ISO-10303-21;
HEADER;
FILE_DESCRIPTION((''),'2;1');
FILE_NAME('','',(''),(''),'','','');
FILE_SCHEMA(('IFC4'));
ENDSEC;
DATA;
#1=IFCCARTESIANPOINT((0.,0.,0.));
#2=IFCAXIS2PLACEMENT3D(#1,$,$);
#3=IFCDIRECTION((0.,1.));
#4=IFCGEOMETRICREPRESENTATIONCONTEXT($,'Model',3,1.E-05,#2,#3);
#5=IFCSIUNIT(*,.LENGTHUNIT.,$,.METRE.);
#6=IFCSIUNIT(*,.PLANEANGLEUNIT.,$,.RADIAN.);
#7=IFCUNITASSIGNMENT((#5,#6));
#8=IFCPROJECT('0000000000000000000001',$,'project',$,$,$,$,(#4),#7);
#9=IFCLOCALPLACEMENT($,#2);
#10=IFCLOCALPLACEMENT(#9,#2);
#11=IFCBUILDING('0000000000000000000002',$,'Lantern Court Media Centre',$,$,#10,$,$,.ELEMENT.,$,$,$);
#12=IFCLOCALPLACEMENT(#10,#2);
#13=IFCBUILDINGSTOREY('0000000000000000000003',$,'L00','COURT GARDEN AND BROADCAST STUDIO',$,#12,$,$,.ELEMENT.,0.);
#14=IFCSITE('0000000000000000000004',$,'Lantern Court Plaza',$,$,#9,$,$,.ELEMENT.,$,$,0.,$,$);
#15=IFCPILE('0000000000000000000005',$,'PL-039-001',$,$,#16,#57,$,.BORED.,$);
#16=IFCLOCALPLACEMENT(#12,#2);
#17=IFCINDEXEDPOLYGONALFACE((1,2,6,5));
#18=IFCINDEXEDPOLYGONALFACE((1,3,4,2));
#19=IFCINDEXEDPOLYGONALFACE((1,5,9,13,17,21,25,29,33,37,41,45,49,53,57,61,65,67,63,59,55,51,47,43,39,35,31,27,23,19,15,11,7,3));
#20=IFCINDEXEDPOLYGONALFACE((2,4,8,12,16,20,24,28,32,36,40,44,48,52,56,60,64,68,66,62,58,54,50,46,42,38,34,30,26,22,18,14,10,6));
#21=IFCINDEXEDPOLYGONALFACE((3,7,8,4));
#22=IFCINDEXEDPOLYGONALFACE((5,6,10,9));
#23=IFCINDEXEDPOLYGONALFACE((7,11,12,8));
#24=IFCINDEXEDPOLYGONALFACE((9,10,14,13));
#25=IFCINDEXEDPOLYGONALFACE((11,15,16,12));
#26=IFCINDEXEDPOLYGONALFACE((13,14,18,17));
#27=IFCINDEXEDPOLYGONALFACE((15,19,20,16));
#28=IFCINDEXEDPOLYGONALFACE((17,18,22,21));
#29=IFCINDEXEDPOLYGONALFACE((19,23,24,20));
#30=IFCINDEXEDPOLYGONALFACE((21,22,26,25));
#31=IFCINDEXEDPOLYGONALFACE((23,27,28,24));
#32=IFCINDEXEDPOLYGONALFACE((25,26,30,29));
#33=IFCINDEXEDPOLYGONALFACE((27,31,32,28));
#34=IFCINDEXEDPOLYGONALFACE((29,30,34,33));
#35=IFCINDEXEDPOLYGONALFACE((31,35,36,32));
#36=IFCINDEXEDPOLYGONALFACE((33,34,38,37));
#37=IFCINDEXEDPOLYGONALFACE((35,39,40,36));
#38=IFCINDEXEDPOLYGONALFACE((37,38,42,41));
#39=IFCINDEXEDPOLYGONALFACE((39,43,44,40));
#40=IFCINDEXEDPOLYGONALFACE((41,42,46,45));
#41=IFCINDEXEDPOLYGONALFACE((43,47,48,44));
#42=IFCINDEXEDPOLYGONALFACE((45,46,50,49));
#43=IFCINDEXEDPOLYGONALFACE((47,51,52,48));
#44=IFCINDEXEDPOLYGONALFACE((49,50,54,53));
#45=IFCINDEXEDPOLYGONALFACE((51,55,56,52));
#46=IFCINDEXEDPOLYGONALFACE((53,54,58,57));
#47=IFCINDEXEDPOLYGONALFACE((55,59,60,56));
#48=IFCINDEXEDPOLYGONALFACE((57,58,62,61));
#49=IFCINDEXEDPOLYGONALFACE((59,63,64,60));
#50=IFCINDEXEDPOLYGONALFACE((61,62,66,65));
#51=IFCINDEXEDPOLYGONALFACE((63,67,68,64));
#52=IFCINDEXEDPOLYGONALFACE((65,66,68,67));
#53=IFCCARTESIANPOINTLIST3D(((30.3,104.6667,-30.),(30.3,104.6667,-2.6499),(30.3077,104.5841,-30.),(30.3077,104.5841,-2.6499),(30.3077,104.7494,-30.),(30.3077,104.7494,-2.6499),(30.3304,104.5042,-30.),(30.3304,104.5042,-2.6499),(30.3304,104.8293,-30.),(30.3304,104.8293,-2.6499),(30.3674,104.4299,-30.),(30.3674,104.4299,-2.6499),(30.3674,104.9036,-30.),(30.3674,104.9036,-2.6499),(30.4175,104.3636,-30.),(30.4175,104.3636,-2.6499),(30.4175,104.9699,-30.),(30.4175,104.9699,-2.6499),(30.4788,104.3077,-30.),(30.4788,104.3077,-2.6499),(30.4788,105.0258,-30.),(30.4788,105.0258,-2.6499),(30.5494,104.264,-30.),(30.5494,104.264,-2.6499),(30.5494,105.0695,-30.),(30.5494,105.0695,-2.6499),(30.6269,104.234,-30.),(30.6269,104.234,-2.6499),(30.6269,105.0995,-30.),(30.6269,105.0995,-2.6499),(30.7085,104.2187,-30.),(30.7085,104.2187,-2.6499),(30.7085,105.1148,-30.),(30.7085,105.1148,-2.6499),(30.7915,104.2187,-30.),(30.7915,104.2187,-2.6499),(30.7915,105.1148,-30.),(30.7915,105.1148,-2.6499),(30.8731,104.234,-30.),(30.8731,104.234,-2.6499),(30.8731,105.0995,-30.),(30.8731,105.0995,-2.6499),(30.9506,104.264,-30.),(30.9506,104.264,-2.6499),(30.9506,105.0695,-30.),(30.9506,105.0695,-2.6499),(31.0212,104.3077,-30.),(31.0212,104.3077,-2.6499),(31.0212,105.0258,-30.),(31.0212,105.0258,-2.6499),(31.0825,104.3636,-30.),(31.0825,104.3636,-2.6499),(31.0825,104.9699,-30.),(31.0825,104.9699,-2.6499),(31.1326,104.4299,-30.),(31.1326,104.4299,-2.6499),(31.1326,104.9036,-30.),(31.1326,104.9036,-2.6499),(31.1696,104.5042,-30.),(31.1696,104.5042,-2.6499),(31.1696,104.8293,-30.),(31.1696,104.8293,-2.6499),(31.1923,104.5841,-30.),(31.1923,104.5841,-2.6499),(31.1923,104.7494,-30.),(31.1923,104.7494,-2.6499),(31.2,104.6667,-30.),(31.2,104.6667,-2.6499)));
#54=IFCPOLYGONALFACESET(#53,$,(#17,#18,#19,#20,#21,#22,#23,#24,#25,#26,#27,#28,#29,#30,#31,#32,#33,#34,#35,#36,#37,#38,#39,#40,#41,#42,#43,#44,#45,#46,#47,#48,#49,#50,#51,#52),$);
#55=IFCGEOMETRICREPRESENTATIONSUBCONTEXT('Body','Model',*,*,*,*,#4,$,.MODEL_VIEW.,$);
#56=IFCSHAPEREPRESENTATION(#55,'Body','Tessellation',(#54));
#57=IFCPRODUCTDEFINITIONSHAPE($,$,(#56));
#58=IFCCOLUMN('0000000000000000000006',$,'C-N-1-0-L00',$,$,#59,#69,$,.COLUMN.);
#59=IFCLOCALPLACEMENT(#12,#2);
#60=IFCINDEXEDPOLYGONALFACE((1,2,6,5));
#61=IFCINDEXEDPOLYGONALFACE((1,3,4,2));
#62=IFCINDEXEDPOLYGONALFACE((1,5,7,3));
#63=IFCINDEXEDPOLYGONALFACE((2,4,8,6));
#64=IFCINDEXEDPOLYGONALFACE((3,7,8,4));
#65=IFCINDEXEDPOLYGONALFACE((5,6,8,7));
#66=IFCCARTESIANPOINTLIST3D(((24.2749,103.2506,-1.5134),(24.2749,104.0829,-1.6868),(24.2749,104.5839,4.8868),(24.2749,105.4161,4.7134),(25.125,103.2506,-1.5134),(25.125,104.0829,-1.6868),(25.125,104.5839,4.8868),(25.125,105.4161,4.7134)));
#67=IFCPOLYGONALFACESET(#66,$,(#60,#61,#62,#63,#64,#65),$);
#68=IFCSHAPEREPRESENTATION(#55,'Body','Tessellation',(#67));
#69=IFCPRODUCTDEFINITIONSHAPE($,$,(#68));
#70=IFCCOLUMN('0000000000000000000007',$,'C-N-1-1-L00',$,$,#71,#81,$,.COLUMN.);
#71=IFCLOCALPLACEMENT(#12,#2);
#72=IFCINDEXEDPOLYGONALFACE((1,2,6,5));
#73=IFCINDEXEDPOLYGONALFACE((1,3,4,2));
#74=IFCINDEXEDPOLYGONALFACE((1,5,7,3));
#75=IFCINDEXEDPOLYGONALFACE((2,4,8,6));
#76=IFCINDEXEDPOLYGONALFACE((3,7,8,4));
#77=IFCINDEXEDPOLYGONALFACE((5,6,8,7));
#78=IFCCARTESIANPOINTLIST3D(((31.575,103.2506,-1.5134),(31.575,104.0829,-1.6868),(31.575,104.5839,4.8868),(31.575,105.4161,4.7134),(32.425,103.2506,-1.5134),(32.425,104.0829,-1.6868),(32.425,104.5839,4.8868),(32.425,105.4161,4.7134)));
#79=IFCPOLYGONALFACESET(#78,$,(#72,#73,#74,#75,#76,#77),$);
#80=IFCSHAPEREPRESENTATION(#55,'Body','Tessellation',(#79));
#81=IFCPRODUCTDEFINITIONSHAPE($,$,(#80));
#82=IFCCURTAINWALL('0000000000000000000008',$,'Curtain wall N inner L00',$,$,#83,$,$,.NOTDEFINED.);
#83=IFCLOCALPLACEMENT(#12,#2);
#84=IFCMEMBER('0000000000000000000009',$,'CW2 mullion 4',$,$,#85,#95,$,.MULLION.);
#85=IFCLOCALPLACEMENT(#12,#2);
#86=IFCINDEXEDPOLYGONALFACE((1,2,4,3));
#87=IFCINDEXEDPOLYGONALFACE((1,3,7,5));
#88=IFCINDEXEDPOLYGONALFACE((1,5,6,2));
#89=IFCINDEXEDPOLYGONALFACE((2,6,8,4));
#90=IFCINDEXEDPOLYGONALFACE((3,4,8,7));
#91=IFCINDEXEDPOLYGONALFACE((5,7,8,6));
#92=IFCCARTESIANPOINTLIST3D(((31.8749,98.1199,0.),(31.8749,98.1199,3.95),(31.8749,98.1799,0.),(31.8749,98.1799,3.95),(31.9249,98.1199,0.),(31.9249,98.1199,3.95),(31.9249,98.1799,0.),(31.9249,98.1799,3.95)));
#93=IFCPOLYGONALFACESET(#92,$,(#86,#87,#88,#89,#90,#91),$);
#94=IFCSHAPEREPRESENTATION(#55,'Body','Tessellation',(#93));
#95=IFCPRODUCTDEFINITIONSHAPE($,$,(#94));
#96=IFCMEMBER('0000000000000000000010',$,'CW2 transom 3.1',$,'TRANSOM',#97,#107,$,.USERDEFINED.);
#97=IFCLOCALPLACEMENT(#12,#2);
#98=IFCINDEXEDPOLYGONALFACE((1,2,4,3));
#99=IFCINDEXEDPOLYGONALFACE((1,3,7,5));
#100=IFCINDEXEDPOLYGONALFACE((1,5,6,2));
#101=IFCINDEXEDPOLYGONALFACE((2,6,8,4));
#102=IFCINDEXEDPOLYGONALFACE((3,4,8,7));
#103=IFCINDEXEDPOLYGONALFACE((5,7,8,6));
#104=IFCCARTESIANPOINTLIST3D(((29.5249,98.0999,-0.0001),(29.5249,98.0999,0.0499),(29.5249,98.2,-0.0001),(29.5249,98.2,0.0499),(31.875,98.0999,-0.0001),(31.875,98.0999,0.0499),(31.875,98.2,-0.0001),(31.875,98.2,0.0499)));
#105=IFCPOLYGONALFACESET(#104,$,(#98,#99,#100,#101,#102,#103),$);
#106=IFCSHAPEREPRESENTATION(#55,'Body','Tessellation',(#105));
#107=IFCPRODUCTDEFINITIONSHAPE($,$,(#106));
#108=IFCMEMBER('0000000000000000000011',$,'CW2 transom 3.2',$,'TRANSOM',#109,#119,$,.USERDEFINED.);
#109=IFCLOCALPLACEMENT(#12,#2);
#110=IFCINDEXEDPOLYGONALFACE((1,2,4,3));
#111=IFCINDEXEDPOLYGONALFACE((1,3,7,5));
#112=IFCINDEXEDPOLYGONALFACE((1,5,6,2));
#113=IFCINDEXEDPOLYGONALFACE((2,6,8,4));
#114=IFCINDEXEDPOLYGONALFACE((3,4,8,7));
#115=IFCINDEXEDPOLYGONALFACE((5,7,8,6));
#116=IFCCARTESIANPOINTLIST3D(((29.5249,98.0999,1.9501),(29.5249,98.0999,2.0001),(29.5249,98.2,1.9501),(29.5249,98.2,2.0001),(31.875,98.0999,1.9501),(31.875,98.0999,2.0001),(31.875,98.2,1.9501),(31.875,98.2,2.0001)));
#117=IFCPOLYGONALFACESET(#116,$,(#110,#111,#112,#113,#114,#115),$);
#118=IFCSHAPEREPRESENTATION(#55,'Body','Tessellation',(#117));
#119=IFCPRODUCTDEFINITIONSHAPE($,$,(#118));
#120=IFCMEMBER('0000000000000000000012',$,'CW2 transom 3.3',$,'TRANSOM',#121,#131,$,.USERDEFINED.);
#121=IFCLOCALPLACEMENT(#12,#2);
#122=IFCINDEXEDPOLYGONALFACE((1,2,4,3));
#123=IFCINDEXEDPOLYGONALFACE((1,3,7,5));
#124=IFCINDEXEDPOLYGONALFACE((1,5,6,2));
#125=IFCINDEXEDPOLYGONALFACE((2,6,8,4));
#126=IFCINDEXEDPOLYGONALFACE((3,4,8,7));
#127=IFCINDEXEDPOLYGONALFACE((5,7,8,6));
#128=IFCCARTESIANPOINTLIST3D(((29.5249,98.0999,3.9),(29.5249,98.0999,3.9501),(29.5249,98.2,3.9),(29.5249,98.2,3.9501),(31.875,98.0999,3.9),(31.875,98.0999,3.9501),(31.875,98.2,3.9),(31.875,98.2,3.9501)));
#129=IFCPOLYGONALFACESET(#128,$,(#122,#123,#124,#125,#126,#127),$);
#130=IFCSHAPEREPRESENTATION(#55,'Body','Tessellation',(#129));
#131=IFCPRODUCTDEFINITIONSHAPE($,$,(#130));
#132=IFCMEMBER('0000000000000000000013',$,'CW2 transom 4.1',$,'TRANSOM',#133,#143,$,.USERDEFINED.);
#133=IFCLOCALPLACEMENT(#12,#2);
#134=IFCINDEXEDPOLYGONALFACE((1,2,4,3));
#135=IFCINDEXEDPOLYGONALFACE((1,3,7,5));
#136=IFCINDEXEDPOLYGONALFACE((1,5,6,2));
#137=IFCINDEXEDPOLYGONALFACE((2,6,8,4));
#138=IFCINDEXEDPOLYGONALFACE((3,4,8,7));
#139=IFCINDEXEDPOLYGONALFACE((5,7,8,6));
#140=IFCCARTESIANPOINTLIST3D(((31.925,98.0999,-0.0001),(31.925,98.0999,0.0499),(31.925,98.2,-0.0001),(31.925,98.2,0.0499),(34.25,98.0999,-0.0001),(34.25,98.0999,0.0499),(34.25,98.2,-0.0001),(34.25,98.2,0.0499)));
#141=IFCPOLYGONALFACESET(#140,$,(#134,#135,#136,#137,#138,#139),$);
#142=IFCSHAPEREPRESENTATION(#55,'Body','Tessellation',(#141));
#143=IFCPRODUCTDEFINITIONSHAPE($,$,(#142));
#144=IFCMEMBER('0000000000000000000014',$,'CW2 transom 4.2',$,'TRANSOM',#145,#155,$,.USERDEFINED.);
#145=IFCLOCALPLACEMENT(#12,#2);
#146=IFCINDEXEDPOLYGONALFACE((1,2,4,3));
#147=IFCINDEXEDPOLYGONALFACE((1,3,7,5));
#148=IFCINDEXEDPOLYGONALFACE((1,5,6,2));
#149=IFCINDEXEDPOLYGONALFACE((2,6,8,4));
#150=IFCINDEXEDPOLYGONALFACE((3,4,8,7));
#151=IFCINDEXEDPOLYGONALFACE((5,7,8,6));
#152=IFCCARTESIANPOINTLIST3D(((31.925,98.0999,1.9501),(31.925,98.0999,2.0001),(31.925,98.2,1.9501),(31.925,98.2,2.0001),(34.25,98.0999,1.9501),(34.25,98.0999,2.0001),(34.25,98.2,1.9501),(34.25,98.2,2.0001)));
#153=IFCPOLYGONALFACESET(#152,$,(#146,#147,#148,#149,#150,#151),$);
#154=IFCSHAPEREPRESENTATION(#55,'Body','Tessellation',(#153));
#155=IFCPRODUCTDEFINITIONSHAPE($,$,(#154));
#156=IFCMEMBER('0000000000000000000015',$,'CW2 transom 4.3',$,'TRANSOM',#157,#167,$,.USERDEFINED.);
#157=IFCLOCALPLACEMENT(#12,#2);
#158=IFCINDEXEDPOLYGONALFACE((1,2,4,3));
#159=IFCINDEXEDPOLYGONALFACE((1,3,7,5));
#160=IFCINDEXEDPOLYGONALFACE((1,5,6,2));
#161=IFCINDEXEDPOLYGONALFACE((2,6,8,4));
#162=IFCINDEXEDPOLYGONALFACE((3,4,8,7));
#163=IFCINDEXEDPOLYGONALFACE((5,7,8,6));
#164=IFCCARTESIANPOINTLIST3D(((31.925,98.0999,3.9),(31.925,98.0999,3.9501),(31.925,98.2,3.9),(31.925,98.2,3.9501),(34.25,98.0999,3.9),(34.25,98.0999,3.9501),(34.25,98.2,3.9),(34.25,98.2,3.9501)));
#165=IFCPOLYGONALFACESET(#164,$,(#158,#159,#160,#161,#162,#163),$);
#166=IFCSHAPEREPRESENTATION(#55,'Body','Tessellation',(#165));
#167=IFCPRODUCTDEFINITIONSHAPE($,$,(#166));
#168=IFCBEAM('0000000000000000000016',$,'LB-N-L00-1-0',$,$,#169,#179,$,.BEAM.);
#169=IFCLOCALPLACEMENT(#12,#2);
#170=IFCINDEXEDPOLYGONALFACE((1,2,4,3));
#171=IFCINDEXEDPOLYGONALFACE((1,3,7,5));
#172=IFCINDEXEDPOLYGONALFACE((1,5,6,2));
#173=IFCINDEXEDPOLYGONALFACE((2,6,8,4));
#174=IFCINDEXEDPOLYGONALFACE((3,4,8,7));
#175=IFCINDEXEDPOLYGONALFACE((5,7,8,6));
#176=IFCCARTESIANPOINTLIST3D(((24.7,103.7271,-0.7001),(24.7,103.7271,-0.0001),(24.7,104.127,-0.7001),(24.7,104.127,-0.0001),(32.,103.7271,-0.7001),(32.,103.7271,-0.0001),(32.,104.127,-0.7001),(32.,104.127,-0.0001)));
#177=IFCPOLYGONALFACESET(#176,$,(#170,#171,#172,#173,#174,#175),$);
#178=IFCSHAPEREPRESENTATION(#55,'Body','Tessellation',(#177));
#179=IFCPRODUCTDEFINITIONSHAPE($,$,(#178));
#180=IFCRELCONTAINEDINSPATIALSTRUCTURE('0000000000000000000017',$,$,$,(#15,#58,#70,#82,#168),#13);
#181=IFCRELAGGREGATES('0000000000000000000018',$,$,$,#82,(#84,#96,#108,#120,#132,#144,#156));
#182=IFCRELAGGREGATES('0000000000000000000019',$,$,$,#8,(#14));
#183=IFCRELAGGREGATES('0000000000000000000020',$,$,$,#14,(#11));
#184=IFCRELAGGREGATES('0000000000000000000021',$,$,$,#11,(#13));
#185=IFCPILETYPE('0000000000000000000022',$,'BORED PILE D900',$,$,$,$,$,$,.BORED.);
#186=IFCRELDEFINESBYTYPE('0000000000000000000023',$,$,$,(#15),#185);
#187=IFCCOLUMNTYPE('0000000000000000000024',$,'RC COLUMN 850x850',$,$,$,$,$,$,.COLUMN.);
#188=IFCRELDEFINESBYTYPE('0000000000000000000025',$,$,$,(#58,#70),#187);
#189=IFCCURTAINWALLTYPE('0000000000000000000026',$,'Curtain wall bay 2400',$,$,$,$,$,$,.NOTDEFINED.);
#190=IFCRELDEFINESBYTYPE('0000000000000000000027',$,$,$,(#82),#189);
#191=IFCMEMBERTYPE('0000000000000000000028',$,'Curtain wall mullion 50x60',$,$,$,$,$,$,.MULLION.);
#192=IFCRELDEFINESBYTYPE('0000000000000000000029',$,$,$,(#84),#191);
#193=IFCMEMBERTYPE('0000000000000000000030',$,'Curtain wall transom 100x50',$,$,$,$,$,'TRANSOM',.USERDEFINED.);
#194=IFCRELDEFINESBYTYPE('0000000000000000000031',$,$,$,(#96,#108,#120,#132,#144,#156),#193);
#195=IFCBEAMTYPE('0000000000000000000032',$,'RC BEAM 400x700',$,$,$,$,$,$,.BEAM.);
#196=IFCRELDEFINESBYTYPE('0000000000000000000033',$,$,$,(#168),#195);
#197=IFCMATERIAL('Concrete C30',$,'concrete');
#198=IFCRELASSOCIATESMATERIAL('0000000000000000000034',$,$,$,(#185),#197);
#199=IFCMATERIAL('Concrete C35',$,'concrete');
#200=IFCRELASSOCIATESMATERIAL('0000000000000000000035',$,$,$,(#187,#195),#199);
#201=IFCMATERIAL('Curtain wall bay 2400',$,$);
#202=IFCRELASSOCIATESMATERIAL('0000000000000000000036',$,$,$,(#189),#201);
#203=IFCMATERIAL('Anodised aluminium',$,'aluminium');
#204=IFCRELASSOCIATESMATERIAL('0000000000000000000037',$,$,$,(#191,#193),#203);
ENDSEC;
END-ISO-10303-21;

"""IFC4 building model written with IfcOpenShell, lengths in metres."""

from ifc_helpers import new_model, si_unit, direction, frame, origin, origin_2d, place, context, subcontext, project, spatial, rectangle, circle, extrude, material, material_profile, profile_set, type_object, element, aggregate, save


model = new_model("IFC4")

# Units and contexts
model_context = context("Model", 3, precision=1e-05, world=origin(), true_north=direction((0.0, 1.0)))
body_context = subcontext(model_context, "Body", "Model", "MODEL_VIEW")
ifc_project = project(units=[si_unit("LENGTHUNIT", "METRE"), si_unit("PLANEANGLEUNIT", "RADIAN")], contexts=[model_context])

# Site, building, storey
site_placement = place(None, origin())
site = spatial("IfcSite", under=ifc_project, at=site_placement, Name="Lantern Court Plaza", CompositionType="ELEMENT", RefElevation=0.0)
building_placement = place(site_placement, origin())
building = spatial("IfcBuilding", under=site, at=building_placement, Name="Lantern Court Media Centre", CompositionType="ELEMENT")
storey_placement = place(building_placement, origin())
storey = spatial("IfcBuildingStorey", under=building, at=storey_placement, Name="L00", Description="COURT GARDEN AND BROADCAST STUDIO", CompositionType="ELEMENT", Elevation=0.0)

# Pile
ifc_material_1 = material(Name="Concrete C30", Category="concrete")
ifc_material_profile_1 = material_profile(ifc_material_1, circle(Radius=0.45, at=origin_2d()), Name="D900")
ifc_profile_set_1 = profile_set([ifc_material_profile_1], Name="Concrete C30")
pile_type_1 = type_object("IfcPileType", Name="BORED PILE D900", PredefinedType="BORED", material=ifc_profile_set_1)
for number, where, z_axis, x_axis, name in (
    (1, (30.75, 104.6667, -2.6499), (0.0, 0.0, -1.0), (1.0, 0.0, 0.0), "PL-039-001"),
):
    element("IfcPile", number, at=place(storey_placement, frame(where, z_axis=z_axis, x_axis=x_axis)), inside=storey, type_object=pile_type_1, Name=name, PredefinedType="BORED", context=body_context, shape_type="SweptSolid", body=[
        extrude(circle(Radius=0.45, at=origin_2d()), origin(), (0.0, 0.0, 1.0), 27.3501),
    ])

# Columns
ifc_material_2 = material(Name="Concrete C35", Category="concrete")
ifc_material_profile_2 = material_profile(ifc_material_2, rectangle(XDim=0.8501, YDim=0.8501, at=origin_2d()), Name="RC 850x850")
ifc_profile_set_2 = profile_set([ifc_material_profile_2], Name="Concrete C35")
column_type = type_object("IfcColumnType", Name="RC COLUMN 850x850", PredefinedType="COLUMN", material=ifc_profile_set_2)
for number, where, z_axis, x_axis, name in (
    (2, (24.7, 103.6667, -1.6001), (0.0, 0.203938, 0.978984), (-1.0, 0.0, 0.0), "C-N-1-0-L00"),
    (3, (32.0, 103.6667, -1.6001), (0.0, 0.203938, 0.978984), (-1.0, 0.0, 0.0), "C-N-1-1-L00"),
):
    element("IfcColumn", number, at=place(storey_placement, frame(where, z_axis=z_axis, x_axis=x_axis)), inside=storey, type_object=column_type, Name=name, PredefinedType="COLUMN", context=body_context, shape_type="SweptSolid", body=[
        extrude(rectangle(XDim=0.8501, YDim=0.8501, at=origin_2d()), origin(), (0.0, 0.0, 1.0), 6.5376),
    ])

# Curtain wall, members
ifc_material_3 = material(Name="Curtain wall bay 2400")
curtain_wall_type = type_object("IfcCurtainWallType", Name="Curtain wall bay 2400", PredefinedType="NOTDEFINED", material=ifc_material_3)
curtain_wall_placement = place(storey_placement, origin())
curtain_wall = element("IfcCurtainWall", 4, at=curtain_wall_placement, inside=storey, type_object=curtain_wall_type, Name="Curtain wall N inner L00", PredefinedType="NOTDEFINED")
ifc_material_4 = material(Name="Anodised aluminium", Category="aluminium")
ifc_material_profile_3 = material_profile(ifc_material_4, rectangle(XDim=0.0601, YDim=0.05, at=origin_2d()), Name="AL 50x60")
ifc_profile_set_3 = profile_set([ifc_material_profile_3], Name="Anodised aluminium")
member_type_1 = type_object("IfcMemberType", Name="Curtain wall mullion 50x60", PredefinedType="MULLION", material=ifc_profile_set_3)
member_1_placement = place(storey_placement, frame((31.8999, 98.1499, 0.0), z_axis=(0.0, 0.0, 1.0), x_axis=(0.0, 1.0, 0.0)))
member_1 = element("IfcMember", 5, at=member_1_placement, type_object=member_type_1, Name="CW2 mullion 4", PredefinedType="MULLION", context=body_context, shape_type="SweptSolid", body=[
    extrude(rectangle(XDim=0.0601, YDim=0.05, at=origin_2d()), origin(), (0.0, 0.0, 1.0), 3.95),
])
ifc_material_profile_4 = material_profile(ifc_material_4, rectangle(XDim=0.1001, YDim=0.05, at=origin_2d()), Name="AL 50x100")
ifc_profile_set_4 = profile_set([ifc_material_profile_4], Name="Anodised aluminium")
member_type_2 = type_object("IfcMemberType", Name="Curtain wall transom 100x50", ElementType="TRANSOM", PredefinedType="USERDEFINED", material=ifc_profile_set_4)
member_2_placement = place(storey_placement, frame((29.5249, 98.1499, 0.0249), z_axis=(1.0, 0.0, 0.0), x_axis=(0.0, 1.0, 0.0)))
member_2 = element("IfcMember", 6, at=member_2_placement, type_object=member_type_2, Name="CW2 transom 3.1", ObjectType="TRANSOM", PredefinedType="USERDEFINED", context=body_context, shape_type="SweptSolid", body=[
    extrude(rectangle(XDim=0.1001, YDim=0.05, at=origin_2d()), origin(), (0.0, 0.0, 1.0), 2.3501),
])
member_3_placement = place(storey_placement, frame((29.5249, 98.1499, 1.9751), z_axis=(1.0, 0.0, 0.0), x_axis=(0.0, 1.0, 0.0)))
member_3 = element("IfcMember", 7, at=member_3_placement, type_object=member_type_2, Name="CW2 transom 3.2", ObjectType="TRANSOM", PredefinedType="USERDEFINED", context=body_context, shape_type="SweptSolid", body=[
    extrude(rectangle(XDim=0.1001, YDim=0.05, at=origin_2d()), origin(), (0.0, 0.0, 1.0), 2.3501),
])
member_4_placement = place(storey_placement, frame((29.5249, 98.1499, 3.925), z_axis=(1.0, 0.0, 0.0), x_axis=(0.0, 1.0, 0.0)))
member_4 = element("IfcMember", 8, at=member_4_placement, type_object=member_type_2, Name="CW2 transom 3.3", ObjectType="TRANSOM", PredefinedType="USERDEFINED", context=body_context, shape_type="SweptSolid", body=[
    extrude(rectangle(XDim=0.1001, YDim=0.05, at=origin_2d()), origin(), (0.0, 0.0, 1.0), 2.3501),
])
member_5_placement = place(storey_placement, frame((31.925, 98.1499, 0.0249), z_axis=(1.0, 0.0, 0.0), x_axis=(0.0, 1.0, 0.0)))
member_5 = element("IfcMember", 9, at=member_5_placement, type_object=member_type_2, Name="CW2 transom 4.1", ObjectType="TRANSOM", PredefinedType="USERDEFINED", context=body_context, shape_type="SweptSolid", body=[
    extrude(rectangle(XDim=0.1001, YDim=0.05, at=origin_2d()), origin(), (0.0, 0.0, 1.0), 2.325),
])
member_6_placement = place(storey_placement, frame((31.925, 98.1499, 1.9751), z_axis=(1.0, 0.0, 0.0), x_axis=(0.0, 1.0, 0.0)))
member_6 = element("IfcMember", 10, at=member_6_placement, type_object=member_type_2, Name="CW2 transom 4.2", ObjectType="TRANSOM", PredefinedType="USERDEFINED", context=body_context, shape_type="SweptSolid", body=[
    extrude(rectangle(XDim=0.1001, YDim=0.05, at=origin_2d()), origin(), (0.0, 0.0, 1.0), 2.325),
])
member_7_placement = place(storey_placement, frame((31.925, 98.1499, 3.925), z_axis=(1.0, 0.0, 0.0), x_axis=(0.0, 1.0, 0.0)))
member_7 = element("IfcMember", 11, at=member_7_placement, type_object=member_type_2, Name="CW2 transom 4.3", ObjectType="TRANSOM", PredefinedType="USERDEFINED", context=body_context, shape_type="SweptSolid", body=[
    extrude(rectangle(XDim=0.1001, YDim=0.05, at=origin_2d()), origin(), (0.0, 0.0, 1.0), 2.325),
])

# Beam
ifc_material_profile_5 = material_profile(ifc_material_2, rectangle(XDim=0.3999, YDim=0.7, at=origin_2d()), Name="RC 400x700")
ifc_profile_set_5 = profile_set([ifc_material_profile_5], Name="Concrete C35")
beam_type_1 = type_object("IfcBeamType", Name="RC BEAM 400x700", PredefinedType="BEAM", material=ifc_profile_set_5)
beam_1_placement = place(storey_placement, frame((24.7, 103.927, -0.3501), z_axis=(1.0, 0.0, 0.0), x_axis=(0.0, 1.0, 0.0)))
element("IfcBeam", 12, at=beam_1_placement, inside=storey, type_object=beam_type_1, Name="LB-N-L00-1-0", PredefinedType="BEAM", context=body_context, shape_type="SweptSolid", body=[
    extrude(rectangle(XDim=0.3999, YDim=0.7, at=origin_2d()), origin(), (0.0, 0.0, 1.0), 7.3),
])

aggregate(curtain_wall, [member_1, member_2, member_3, member_4, member_5, member_6, member_7])

save(model, "model.ifc")
